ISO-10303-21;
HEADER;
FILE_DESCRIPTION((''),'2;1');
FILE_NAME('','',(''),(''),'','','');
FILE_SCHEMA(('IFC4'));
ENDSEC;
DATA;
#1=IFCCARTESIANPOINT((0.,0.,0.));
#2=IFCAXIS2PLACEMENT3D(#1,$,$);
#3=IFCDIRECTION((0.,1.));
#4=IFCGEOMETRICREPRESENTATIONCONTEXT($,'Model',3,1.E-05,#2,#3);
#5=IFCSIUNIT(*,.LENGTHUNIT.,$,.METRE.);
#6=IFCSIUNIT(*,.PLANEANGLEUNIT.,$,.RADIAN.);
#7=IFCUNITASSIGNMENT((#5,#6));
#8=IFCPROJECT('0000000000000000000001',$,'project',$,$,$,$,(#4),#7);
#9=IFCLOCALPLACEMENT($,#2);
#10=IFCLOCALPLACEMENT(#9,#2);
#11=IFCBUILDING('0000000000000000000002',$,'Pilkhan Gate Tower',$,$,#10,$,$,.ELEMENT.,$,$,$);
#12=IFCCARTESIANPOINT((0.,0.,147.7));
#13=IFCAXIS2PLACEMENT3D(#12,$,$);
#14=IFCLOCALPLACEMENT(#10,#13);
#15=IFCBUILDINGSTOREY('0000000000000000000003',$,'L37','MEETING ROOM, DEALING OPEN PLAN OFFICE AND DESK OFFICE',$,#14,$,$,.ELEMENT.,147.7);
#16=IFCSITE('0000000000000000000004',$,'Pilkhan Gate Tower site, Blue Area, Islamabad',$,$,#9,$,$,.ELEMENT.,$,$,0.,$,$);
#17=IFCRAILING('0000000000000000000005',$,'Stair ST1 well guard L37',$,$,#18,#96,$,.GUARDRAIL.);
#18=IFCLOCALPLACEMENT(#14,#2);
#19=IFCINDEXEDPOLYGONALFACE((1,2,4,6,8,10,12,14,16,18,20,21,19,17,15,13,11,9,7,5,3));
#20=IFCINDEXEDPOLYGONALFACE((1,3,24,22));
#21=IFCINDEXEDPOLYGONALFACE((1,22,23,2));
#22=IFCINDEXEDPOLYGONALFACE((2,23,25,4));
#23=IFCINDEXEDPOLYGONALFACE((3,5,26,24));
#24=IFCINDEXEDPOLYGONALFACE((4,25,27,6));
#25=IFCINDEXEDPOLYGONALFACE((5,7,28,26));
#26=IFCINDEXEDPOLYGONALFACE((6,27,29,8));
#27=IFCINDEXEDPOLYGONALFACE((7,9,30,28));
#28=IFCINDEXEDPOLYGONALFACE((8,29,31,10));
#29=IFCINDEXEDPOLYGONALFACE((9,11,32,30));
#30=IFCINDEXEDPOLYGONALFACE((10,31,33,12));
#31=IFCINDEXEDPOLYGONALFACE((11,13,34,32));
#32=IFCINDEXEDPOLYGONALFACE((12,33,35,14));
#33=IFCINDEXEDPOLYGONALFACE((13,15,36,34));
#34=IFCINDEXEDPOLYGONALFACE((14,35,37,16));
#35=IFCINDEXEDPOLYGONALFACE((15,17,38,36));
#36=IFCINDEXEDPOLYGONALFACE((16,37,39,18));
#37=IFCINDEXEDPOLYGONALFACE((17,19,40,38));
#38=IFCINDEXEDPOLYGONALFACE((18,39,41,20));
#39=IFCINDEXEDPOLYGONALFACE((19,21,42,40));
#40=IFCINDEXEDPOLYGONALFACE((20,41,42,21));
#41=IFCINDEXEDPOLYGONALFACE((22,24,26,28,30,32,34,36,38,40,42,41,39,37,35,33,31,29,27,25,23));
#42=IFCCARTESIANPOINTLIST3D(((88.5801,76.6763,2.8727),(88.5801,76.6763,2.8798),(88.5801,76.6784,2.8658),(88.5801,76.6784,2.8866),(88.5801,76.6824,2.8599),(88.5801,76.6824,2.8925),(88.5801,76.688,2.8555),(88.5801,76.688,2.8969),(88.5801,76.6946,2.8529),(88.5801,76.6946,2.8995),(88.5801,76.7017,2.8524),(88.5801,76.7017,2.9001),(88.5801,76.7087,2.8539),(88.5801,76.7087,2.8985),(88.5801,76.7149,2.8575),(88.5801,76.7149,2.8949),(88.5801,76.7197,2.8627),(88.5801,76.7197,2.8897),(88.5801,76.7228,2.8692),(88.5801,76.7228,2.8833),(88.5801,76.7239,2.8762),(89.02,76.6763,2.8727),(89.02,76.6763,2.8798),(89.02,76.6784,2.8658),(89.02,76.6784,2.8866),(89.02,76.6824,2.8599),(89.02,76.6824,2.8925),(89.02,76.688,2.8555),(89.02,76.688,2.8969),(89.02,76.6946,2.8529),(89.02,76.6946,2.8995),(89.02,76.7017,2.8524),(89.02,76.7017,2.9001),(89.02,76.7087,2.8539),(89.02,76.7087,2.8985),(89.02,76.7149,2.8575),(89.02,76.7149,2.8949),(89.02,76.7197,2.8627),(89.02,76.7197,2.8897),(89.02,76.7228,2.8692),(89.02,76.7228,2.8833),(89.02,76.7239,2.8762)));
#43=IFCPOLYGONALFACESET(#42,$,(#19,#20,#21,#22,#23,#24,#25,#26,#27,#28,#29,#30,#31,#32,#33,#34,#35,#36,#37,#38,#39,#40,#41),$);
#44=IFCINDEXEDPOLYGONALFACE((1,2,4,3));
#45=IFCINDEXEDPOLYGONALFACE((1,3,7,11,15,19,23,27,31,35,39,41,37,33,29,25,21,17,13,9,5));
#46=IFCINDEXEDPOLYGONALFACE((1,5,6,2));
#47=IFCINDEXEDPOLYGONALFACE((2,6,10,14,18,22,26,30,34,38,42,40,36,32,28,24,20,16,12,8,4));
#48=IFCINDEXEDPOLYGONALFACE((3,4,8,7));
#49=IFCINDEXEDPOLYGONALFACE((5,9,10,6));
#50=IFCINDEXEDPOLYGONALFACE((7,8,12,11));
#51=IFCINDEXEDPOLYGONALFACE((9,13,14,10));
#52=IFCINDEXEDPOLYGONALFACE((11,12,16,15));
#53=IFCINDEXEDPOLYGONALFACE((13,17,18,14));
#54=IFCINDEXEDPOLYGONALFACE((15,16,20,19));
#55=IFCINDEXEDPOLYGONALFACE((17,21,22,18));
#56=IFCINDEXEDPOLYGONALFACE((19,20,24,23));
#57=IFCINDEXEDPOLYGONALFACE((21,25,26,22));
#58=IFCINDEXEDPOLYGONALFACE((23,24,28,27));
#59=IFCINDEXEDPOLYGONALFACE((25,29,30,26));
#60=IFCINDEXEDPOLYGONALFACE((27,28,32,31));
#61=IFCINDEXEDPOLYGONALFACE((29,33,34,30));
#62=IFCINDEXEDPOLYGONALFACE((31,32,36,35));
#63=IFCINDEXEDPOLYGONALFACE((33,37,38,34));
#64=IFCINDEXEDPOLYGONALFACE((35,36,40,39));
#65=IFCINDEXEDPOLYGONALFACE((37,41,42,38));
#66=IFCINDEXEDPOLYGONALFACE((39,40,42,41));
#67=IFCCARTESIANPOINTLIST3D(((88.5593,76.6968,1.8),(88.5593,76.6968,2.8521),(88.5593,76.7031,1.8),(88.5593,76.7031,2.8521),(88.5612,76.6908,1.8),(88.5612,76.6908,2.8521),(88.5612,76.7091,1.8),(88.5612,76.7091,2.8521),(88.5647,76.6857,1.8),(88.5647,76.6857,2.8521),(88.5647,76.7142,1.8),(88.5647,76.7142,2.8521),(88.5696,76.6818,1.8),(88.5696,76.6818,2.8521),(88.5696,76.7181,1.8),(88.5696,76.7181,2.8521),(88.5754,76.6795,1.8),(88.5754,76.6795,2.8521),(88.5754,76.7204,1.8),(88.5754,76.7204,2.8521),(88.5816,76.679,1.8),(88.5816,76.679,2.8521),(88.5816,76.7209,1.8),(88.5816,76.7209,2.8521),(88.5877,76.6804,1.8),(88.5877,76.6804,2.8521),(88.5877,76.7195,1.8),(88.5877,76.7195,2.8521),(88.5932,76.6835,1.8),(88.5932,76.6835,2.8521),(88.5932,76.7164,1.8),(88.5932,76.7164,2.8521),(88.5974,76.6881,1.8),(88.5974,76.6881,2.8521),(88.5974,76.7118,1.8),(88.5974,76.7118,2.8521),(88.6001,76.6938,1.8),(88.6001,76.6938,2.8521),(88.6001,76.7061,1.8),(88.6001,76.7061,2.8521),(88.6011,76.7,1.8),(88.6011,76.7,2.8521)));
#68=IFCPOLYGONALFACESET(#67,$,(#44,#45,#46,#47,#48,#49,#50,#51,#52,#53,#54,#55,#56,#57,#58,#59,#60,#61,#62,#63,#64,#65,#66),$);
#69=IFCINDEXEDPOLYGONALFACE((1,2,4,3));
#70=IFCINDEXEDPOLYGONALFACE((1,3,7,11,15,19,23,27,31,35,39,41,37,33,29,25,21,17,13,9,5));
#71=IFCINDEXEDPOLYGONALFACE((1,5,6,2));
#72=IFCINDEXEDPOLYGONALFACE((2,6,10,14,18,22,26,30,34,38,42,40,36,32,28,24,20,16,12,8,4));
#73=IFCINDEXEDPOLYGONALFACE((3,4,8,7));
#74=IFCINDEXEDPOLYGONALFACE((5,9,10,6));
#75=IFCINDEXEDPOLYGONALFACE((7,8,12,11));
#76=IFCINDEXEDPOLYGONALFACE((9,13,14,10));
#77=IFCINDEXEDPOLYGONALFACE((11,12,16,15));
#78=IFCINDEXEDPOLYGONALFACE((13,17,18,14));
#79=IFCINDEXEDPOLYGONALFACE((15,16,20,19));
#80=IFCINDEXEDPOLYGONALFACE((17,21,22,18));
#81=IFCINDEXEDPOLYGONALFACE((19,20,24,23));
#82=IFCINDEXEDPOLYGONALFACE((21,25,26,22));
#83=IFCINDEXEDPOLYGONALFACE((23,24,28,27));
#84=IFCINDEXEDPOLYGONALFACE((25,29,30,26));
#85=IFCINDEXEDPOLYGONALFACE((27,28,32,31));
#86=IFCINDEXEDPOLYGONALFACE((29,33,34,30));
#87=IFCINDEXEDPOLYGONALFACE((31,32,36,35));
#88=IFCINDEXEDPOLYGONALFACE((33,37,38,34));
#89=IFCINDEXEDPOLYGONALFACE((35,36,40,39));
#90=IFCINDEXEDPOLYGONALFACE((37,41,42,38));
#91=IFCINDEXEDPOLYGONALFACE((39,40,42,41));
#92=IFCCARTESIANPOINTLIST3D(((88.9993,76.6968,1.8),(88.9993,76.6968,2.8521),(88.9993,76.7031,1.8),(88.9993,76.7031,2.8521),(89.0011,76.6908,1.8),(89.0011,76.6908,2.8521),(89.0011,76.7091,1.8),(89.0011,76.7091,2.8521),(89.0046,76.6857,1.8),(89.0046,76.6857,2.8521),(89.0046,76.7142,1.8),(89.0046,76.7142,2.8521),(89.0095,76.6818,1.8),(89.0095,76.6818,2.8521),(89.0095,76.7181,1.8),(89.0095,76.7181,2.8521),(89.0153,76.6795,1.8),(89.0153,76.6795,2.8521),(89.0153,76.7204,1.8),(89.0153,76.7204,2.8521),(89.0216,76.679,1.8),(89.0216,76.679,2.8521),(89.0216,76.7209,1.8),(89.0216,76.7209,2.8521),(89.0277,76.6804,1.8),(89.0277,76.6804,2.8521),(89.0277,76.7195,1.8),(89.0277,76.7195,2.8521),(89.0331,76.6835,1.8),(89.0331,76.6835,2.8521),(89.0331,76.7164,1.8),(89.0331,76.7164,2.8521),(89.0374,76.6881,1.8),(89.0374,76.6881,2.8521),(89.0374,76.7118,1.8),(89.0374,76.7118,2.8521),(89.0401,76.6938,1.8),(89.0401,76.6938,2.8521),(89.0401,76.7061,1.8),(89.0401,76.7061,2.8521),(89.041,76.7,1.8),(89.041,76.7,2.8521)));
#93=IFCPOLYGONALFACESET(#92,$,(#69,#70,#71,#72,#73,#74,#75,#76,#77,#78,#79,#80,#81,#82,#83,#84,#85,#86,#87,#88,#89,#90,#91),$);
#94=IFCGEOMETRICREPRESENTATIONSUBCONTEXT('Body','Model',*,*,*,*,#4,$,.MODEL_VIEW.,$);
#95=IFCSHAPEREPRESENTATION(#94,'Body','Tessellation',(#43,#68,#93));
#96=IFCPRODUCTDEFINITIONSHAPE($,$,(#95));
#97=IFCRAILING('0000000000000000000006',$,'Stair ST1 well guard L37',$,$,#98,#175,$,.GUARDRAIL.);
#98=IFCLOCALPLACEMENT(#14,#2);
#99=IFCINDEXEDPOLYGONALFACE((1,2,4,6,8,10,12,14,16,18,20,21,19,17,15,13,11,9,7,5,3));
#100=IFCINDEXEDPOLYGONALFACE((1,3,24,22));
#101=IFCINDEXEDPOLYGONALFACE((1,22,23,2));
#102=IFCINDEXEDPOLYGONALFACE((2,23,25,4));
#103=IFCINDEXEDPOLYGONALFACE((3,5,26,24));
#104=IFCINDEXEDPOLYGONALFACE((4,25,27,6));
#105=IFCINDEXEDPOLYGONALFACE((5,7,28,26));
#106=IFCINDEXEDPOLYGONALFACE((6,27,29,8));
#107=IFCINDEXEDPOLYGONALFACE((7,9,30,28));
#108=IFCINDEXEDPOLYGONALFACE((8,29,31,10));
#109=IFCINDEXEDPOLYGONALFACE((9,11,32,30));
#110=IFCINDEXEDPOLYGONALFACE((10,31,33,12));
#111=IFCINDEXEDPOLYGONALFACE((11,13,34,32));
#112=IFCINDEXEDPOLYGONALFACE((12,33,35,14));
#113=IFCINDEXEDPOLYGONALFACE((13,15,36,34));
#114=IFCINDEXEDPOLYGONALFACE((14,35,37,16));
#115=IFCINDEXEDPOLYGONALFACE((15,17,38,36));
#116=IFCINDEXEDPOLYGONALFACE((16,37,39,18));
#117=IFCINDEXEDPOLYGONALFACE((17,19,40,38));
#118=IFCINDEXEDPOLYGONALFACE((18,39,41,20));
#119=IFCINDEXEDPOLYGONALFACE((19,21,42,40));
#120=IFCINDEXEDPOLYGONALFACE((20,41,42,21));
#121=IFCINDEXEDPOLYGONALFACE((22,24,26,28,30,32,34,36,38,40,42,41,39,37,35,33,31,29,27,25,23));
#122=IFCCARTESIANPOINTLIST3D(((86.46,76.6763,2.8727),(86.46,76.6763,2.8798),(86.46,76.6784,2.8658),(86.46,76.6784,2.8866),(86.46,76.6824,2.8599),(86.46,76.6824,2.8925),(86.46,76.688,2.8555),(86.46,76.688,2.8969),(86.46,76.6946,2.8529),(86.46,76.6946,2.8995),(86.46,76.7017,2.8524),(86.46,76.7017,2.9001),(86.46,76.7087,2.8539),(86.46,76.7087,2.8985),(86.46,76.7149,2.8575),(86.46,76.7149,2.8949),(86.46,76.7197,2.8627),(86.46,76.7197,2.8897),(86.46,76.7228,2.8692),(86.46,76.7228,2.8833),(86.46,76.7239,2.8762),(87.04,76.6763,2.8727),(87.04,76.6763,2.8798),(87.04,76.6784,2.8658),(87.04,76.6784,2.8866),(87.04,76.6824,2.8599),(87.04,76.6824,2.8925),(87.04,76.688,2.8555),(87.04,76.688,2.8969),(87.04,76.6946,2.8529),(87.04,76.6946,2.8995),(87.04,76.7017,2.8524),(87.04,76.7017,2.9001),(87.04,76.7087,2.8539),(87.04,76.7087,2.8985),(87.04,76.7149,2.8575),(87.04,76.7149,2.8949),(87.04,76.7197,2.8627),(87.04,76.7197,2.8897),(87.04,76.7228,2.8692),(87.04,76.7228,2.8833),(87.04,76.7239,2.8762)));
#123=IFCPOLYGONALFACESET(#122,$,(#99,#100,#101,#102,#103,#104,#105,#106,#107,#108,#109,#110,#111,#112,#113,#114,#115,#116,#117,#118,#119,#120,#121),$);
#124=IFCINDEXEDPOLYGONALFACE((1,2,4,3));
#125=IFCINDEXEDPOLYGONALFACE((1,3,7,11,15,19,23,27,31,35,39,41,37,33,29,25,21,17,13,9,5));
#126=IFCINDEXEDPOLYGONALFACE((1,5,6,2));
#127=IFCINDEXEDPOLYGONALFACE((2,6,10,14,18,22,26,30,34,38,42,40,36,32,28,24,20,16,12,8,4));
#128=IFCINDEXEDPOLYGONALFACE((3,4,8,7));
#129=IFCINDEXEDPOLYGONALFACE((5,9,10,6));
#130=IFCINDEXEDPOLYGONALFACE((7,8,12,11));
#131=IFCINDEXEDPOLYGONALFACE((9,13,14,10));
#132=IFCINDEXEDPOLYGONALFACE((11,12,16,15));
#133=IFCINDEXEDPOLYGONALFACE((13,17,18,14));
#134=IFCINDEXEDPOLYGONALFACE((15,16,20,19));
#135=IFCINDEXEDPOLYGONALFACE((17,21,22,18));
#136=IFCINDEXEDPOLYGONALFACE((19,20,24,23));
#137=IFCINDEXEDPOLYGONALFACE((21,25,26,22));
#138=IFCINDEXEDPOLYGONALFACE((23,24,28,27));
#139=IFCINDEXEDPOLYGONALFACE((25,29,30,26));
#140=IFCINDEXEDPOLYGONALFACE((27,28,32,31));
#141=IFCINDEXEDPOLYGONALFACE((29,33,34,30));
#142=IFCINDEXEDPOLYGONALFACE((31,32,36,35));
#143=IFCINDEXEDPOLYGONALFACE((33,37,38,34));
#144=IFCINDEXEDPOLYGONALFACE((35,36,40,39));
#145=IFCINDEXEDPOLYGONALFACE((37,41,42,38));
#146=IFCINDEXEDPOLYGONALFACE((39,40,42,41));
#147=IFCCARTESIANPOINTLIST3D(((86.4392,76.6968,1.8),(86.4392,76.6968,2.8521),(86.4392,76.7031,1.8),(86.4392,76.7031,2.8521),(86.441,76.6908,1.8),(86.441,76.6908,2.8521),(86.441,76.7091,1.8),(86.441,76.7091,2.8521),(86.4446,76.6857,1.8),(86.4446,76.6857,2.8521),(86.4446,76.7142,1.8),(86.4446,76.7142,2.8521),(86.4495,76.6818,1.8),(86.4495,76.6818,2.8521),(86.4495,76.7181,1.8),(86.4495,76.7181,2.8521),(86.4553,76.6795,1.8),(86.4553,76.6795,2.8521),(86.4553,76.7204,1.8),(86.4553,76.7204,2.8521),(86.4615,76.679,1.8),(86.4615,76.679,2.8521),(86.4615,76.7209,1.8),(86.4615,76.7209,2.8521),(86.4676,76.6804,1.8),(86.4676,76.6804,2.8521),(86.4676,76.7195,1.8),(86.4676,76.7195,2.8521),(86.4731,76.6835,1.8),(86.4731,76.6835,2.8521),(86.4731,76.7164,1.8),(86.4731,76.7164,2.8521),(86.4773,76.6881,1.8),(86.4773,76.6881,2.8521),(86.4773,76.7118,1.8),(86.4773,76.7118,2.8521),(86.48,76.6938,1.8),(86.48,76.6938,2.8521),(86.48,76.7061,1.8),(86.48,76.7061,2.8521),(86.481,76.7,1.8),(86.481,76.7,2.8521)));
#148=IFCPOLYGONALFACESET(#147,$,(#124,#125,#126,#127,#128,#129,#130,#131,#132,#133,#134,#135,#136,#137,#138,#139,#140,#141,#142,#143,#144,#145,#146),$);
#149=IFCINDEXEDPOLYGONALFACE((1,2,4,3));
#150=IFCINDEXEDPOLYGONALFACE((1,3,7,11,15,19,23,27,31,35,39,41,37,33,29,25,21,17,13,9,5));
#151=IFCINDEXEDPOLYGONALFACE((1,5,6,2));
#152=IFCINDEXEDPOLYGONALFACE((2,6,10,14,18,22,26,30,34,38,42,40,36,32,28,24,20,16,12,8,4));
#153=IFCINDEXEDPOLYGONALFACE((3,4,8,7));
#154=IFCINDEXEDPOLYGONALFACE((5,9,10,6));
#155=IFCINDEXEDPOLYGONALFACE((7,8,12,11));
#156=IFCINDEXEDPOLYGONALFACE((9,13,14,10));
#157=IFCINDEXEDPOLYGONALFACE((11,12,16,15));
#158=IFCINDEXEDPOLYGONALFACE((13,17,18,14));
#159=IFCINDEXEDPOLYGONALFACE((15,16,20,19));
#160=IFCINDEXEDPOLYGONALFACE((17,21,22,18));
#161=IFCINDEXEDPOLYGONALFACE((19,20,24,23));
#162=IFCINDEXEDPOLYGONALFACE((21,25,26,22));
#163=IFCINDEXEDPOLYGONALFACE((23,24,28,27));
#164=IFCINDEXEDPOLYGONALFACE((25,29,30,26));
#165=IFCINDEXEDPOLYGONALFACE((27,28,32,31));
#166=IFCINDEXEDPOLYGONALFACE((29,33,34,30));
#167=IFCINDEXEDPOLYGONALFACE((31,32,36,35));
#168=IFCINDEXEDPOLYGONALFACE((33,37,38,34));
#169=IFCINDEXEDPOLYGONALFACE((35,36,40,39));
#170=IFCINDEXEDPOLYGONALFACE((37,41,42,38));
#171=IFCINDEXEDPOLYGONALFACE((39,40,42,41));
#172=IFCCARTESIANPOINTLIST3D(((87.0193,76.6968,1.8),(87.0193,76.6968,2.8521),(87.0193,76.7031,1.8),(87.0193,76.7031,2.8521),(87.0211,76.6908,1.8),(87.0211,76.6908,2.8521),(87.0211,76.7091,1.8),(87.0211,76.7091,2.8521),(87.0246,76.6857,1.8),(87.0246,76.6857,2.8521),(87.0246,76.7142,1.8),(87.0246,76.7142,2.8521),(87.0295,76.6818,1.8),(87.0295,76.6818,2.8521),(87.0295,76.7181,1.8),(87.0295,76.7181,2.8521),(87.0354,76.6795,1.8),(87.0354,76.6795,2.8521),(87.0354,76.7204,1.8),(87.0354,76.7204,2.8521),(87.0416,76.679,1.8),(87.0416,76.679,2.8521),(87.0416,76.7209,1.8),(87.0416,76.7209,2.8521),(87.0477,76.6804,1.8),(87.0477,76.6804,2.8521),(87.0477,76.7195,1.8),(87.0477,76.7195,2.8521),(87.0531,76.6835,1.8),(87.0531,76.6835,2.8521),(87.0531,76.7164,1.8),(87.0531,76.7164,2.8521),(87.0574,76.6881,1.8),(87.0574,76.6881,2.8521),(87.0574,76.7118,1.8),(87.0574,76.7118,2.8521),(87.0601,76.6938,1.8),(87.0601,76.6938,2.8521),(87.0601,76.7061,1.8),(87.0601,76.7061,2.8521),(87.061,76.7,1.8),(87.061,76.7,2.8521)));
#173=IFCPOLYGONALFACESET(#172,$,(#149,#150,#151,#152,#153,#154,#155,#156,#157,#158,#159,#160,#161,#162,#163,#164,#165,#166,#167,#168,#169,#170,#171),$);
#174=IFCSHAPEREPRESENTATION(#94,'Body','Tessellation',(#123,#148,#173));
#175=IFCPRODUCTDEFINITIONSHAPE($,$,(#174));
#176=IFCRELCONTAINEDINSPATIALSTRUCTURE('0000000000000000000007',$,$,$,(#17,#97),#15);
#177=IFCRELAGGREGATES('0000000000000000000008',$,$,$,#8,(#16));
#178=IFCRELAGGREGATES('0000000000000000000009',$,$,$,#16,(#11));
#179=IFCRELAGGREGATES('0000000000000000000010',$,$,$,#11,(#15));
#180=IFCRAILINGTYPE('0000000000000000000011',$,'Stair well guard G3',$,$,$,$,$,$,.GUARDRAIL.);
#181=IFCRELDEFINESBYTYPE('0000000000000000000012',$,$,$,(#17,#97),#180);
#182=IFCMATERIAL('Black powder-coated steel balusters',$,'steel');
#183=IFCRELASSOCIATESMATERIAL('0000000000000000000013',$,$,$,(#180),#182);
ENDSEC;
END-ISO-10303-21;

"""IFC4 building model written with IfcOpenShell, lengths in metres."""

from ifc_helpers import new_model, si_unit, direction, frame, origin, origin_2d, place, context, subcontext, project, spatial, circle, extrude, material, type_object, element, save


model = new_model("IFC4")

# Units and contexts
model_context = context("Model", 3, precision=1e-05, world=origin(), true_north=direction((0.0, 1.0)))
body_context = subcontext(model_context, "Body", "Model", "MODEL_VIEW")
ifc_project = project(units=[si_unit("LENGTHUNIT", "METRE"), si_unit("PLANEANGLEUNIT", "RADIAN")], contexts=[model_context])

# Site, building, storey
site_placement = place(None, origin())
site = spatial("IfcSite", under=ifc_project, at=site_placement, Name="Pilkhan Gate Tower site, Blue Area, Islamabad", CompositionType="ELEMENT", RefElevation=0.0)
building_placement = place(site_placement, origin())
building = spatial("IfcBuilding", under=site, at=building_placement, Name="Pilkhan Gate Tower", CompositionType="ELEMENT")
storey_placement = place(building_placement, frame((0.0, 0.0, 147.7)))
storey = spatial("IfcBuildingStorey", under=building, at=storey_placement, Name="L37", Description="MEETING ROOM, DEALING OPEN PLAN OFFICE AND DESK OFFICE", CompositionType="ELEMENT", Elevation=147.7)

# Railings
ifc_material_1 = material(Name="Black powder-coated steel balusters", Category="steel")
railing_type_1 = type_object("IfcRailingType", Name="Stair well guard G3", PredefinedType="GUARDRAIL", material=ifc_material_1)
railing_1_placement = place(storey_placement, frame((88.5801, 76.7, 1.8)))
element("IfcRailing", 1, at=railing_1_placement, inside=storey, type_object=railing_type_1, Name="Stair ST1 well guard L37", PredefinedType="GUARDRAIL", context=body_context, shape_type="SweptSolid", body=[
    extrude(circle(Radius=0.0239, at=origin_2d()), frame((0.0, 0.0, 1.0762), z_axis=(1.0, 0.0, 0.0), x_axis=(0.0, 1.0, 0.0)), (0.0, 0.0, 1.0), 0.4399),
    extrude(circle(Radius=0.021, at=origin_2d()), origin(), (0.0, 0.0, 1.0), 1.052),
    extrude(circle(Radius=0.021, at=origin_2d()), frame((0.4399, 0.0, 0.0)), (0.0, 0.0, 1.0), 1.052),
])
railing_2_placement = place(storey_placement, frame((86.46, 76.7, 1.8)))
element("IfcRailing", 2, at=railing_2_placement, inside=storey, type_object=railing_type_1, Name="Stair ST1 well guard L37", PredefinedType="GUARDRAIL", context=body_context, shape_type="SweptSolid", body=[
    extrude(circle(Radius=0.0239, at=origin_2d()), frame((0.0, 0.0, 1.0762), z_axis=(1.0, 0.0, 0.0), x_axis=(0.0, 1.0, 0.0)), (0.0, 0.0, 1.0), 0.5801),
    extrude(circle(Radius=0.021, at=origin_2d()), origin(), (0.0, 0.0, 1.0), 1.052),
    extrude(circle(Radius=0.021, at=origin_2d()), frame((0.5801, 0.0, 0.0)), (0.0, 0.0, 1.0), 1.052),
])

save(model, "model.ifc")
